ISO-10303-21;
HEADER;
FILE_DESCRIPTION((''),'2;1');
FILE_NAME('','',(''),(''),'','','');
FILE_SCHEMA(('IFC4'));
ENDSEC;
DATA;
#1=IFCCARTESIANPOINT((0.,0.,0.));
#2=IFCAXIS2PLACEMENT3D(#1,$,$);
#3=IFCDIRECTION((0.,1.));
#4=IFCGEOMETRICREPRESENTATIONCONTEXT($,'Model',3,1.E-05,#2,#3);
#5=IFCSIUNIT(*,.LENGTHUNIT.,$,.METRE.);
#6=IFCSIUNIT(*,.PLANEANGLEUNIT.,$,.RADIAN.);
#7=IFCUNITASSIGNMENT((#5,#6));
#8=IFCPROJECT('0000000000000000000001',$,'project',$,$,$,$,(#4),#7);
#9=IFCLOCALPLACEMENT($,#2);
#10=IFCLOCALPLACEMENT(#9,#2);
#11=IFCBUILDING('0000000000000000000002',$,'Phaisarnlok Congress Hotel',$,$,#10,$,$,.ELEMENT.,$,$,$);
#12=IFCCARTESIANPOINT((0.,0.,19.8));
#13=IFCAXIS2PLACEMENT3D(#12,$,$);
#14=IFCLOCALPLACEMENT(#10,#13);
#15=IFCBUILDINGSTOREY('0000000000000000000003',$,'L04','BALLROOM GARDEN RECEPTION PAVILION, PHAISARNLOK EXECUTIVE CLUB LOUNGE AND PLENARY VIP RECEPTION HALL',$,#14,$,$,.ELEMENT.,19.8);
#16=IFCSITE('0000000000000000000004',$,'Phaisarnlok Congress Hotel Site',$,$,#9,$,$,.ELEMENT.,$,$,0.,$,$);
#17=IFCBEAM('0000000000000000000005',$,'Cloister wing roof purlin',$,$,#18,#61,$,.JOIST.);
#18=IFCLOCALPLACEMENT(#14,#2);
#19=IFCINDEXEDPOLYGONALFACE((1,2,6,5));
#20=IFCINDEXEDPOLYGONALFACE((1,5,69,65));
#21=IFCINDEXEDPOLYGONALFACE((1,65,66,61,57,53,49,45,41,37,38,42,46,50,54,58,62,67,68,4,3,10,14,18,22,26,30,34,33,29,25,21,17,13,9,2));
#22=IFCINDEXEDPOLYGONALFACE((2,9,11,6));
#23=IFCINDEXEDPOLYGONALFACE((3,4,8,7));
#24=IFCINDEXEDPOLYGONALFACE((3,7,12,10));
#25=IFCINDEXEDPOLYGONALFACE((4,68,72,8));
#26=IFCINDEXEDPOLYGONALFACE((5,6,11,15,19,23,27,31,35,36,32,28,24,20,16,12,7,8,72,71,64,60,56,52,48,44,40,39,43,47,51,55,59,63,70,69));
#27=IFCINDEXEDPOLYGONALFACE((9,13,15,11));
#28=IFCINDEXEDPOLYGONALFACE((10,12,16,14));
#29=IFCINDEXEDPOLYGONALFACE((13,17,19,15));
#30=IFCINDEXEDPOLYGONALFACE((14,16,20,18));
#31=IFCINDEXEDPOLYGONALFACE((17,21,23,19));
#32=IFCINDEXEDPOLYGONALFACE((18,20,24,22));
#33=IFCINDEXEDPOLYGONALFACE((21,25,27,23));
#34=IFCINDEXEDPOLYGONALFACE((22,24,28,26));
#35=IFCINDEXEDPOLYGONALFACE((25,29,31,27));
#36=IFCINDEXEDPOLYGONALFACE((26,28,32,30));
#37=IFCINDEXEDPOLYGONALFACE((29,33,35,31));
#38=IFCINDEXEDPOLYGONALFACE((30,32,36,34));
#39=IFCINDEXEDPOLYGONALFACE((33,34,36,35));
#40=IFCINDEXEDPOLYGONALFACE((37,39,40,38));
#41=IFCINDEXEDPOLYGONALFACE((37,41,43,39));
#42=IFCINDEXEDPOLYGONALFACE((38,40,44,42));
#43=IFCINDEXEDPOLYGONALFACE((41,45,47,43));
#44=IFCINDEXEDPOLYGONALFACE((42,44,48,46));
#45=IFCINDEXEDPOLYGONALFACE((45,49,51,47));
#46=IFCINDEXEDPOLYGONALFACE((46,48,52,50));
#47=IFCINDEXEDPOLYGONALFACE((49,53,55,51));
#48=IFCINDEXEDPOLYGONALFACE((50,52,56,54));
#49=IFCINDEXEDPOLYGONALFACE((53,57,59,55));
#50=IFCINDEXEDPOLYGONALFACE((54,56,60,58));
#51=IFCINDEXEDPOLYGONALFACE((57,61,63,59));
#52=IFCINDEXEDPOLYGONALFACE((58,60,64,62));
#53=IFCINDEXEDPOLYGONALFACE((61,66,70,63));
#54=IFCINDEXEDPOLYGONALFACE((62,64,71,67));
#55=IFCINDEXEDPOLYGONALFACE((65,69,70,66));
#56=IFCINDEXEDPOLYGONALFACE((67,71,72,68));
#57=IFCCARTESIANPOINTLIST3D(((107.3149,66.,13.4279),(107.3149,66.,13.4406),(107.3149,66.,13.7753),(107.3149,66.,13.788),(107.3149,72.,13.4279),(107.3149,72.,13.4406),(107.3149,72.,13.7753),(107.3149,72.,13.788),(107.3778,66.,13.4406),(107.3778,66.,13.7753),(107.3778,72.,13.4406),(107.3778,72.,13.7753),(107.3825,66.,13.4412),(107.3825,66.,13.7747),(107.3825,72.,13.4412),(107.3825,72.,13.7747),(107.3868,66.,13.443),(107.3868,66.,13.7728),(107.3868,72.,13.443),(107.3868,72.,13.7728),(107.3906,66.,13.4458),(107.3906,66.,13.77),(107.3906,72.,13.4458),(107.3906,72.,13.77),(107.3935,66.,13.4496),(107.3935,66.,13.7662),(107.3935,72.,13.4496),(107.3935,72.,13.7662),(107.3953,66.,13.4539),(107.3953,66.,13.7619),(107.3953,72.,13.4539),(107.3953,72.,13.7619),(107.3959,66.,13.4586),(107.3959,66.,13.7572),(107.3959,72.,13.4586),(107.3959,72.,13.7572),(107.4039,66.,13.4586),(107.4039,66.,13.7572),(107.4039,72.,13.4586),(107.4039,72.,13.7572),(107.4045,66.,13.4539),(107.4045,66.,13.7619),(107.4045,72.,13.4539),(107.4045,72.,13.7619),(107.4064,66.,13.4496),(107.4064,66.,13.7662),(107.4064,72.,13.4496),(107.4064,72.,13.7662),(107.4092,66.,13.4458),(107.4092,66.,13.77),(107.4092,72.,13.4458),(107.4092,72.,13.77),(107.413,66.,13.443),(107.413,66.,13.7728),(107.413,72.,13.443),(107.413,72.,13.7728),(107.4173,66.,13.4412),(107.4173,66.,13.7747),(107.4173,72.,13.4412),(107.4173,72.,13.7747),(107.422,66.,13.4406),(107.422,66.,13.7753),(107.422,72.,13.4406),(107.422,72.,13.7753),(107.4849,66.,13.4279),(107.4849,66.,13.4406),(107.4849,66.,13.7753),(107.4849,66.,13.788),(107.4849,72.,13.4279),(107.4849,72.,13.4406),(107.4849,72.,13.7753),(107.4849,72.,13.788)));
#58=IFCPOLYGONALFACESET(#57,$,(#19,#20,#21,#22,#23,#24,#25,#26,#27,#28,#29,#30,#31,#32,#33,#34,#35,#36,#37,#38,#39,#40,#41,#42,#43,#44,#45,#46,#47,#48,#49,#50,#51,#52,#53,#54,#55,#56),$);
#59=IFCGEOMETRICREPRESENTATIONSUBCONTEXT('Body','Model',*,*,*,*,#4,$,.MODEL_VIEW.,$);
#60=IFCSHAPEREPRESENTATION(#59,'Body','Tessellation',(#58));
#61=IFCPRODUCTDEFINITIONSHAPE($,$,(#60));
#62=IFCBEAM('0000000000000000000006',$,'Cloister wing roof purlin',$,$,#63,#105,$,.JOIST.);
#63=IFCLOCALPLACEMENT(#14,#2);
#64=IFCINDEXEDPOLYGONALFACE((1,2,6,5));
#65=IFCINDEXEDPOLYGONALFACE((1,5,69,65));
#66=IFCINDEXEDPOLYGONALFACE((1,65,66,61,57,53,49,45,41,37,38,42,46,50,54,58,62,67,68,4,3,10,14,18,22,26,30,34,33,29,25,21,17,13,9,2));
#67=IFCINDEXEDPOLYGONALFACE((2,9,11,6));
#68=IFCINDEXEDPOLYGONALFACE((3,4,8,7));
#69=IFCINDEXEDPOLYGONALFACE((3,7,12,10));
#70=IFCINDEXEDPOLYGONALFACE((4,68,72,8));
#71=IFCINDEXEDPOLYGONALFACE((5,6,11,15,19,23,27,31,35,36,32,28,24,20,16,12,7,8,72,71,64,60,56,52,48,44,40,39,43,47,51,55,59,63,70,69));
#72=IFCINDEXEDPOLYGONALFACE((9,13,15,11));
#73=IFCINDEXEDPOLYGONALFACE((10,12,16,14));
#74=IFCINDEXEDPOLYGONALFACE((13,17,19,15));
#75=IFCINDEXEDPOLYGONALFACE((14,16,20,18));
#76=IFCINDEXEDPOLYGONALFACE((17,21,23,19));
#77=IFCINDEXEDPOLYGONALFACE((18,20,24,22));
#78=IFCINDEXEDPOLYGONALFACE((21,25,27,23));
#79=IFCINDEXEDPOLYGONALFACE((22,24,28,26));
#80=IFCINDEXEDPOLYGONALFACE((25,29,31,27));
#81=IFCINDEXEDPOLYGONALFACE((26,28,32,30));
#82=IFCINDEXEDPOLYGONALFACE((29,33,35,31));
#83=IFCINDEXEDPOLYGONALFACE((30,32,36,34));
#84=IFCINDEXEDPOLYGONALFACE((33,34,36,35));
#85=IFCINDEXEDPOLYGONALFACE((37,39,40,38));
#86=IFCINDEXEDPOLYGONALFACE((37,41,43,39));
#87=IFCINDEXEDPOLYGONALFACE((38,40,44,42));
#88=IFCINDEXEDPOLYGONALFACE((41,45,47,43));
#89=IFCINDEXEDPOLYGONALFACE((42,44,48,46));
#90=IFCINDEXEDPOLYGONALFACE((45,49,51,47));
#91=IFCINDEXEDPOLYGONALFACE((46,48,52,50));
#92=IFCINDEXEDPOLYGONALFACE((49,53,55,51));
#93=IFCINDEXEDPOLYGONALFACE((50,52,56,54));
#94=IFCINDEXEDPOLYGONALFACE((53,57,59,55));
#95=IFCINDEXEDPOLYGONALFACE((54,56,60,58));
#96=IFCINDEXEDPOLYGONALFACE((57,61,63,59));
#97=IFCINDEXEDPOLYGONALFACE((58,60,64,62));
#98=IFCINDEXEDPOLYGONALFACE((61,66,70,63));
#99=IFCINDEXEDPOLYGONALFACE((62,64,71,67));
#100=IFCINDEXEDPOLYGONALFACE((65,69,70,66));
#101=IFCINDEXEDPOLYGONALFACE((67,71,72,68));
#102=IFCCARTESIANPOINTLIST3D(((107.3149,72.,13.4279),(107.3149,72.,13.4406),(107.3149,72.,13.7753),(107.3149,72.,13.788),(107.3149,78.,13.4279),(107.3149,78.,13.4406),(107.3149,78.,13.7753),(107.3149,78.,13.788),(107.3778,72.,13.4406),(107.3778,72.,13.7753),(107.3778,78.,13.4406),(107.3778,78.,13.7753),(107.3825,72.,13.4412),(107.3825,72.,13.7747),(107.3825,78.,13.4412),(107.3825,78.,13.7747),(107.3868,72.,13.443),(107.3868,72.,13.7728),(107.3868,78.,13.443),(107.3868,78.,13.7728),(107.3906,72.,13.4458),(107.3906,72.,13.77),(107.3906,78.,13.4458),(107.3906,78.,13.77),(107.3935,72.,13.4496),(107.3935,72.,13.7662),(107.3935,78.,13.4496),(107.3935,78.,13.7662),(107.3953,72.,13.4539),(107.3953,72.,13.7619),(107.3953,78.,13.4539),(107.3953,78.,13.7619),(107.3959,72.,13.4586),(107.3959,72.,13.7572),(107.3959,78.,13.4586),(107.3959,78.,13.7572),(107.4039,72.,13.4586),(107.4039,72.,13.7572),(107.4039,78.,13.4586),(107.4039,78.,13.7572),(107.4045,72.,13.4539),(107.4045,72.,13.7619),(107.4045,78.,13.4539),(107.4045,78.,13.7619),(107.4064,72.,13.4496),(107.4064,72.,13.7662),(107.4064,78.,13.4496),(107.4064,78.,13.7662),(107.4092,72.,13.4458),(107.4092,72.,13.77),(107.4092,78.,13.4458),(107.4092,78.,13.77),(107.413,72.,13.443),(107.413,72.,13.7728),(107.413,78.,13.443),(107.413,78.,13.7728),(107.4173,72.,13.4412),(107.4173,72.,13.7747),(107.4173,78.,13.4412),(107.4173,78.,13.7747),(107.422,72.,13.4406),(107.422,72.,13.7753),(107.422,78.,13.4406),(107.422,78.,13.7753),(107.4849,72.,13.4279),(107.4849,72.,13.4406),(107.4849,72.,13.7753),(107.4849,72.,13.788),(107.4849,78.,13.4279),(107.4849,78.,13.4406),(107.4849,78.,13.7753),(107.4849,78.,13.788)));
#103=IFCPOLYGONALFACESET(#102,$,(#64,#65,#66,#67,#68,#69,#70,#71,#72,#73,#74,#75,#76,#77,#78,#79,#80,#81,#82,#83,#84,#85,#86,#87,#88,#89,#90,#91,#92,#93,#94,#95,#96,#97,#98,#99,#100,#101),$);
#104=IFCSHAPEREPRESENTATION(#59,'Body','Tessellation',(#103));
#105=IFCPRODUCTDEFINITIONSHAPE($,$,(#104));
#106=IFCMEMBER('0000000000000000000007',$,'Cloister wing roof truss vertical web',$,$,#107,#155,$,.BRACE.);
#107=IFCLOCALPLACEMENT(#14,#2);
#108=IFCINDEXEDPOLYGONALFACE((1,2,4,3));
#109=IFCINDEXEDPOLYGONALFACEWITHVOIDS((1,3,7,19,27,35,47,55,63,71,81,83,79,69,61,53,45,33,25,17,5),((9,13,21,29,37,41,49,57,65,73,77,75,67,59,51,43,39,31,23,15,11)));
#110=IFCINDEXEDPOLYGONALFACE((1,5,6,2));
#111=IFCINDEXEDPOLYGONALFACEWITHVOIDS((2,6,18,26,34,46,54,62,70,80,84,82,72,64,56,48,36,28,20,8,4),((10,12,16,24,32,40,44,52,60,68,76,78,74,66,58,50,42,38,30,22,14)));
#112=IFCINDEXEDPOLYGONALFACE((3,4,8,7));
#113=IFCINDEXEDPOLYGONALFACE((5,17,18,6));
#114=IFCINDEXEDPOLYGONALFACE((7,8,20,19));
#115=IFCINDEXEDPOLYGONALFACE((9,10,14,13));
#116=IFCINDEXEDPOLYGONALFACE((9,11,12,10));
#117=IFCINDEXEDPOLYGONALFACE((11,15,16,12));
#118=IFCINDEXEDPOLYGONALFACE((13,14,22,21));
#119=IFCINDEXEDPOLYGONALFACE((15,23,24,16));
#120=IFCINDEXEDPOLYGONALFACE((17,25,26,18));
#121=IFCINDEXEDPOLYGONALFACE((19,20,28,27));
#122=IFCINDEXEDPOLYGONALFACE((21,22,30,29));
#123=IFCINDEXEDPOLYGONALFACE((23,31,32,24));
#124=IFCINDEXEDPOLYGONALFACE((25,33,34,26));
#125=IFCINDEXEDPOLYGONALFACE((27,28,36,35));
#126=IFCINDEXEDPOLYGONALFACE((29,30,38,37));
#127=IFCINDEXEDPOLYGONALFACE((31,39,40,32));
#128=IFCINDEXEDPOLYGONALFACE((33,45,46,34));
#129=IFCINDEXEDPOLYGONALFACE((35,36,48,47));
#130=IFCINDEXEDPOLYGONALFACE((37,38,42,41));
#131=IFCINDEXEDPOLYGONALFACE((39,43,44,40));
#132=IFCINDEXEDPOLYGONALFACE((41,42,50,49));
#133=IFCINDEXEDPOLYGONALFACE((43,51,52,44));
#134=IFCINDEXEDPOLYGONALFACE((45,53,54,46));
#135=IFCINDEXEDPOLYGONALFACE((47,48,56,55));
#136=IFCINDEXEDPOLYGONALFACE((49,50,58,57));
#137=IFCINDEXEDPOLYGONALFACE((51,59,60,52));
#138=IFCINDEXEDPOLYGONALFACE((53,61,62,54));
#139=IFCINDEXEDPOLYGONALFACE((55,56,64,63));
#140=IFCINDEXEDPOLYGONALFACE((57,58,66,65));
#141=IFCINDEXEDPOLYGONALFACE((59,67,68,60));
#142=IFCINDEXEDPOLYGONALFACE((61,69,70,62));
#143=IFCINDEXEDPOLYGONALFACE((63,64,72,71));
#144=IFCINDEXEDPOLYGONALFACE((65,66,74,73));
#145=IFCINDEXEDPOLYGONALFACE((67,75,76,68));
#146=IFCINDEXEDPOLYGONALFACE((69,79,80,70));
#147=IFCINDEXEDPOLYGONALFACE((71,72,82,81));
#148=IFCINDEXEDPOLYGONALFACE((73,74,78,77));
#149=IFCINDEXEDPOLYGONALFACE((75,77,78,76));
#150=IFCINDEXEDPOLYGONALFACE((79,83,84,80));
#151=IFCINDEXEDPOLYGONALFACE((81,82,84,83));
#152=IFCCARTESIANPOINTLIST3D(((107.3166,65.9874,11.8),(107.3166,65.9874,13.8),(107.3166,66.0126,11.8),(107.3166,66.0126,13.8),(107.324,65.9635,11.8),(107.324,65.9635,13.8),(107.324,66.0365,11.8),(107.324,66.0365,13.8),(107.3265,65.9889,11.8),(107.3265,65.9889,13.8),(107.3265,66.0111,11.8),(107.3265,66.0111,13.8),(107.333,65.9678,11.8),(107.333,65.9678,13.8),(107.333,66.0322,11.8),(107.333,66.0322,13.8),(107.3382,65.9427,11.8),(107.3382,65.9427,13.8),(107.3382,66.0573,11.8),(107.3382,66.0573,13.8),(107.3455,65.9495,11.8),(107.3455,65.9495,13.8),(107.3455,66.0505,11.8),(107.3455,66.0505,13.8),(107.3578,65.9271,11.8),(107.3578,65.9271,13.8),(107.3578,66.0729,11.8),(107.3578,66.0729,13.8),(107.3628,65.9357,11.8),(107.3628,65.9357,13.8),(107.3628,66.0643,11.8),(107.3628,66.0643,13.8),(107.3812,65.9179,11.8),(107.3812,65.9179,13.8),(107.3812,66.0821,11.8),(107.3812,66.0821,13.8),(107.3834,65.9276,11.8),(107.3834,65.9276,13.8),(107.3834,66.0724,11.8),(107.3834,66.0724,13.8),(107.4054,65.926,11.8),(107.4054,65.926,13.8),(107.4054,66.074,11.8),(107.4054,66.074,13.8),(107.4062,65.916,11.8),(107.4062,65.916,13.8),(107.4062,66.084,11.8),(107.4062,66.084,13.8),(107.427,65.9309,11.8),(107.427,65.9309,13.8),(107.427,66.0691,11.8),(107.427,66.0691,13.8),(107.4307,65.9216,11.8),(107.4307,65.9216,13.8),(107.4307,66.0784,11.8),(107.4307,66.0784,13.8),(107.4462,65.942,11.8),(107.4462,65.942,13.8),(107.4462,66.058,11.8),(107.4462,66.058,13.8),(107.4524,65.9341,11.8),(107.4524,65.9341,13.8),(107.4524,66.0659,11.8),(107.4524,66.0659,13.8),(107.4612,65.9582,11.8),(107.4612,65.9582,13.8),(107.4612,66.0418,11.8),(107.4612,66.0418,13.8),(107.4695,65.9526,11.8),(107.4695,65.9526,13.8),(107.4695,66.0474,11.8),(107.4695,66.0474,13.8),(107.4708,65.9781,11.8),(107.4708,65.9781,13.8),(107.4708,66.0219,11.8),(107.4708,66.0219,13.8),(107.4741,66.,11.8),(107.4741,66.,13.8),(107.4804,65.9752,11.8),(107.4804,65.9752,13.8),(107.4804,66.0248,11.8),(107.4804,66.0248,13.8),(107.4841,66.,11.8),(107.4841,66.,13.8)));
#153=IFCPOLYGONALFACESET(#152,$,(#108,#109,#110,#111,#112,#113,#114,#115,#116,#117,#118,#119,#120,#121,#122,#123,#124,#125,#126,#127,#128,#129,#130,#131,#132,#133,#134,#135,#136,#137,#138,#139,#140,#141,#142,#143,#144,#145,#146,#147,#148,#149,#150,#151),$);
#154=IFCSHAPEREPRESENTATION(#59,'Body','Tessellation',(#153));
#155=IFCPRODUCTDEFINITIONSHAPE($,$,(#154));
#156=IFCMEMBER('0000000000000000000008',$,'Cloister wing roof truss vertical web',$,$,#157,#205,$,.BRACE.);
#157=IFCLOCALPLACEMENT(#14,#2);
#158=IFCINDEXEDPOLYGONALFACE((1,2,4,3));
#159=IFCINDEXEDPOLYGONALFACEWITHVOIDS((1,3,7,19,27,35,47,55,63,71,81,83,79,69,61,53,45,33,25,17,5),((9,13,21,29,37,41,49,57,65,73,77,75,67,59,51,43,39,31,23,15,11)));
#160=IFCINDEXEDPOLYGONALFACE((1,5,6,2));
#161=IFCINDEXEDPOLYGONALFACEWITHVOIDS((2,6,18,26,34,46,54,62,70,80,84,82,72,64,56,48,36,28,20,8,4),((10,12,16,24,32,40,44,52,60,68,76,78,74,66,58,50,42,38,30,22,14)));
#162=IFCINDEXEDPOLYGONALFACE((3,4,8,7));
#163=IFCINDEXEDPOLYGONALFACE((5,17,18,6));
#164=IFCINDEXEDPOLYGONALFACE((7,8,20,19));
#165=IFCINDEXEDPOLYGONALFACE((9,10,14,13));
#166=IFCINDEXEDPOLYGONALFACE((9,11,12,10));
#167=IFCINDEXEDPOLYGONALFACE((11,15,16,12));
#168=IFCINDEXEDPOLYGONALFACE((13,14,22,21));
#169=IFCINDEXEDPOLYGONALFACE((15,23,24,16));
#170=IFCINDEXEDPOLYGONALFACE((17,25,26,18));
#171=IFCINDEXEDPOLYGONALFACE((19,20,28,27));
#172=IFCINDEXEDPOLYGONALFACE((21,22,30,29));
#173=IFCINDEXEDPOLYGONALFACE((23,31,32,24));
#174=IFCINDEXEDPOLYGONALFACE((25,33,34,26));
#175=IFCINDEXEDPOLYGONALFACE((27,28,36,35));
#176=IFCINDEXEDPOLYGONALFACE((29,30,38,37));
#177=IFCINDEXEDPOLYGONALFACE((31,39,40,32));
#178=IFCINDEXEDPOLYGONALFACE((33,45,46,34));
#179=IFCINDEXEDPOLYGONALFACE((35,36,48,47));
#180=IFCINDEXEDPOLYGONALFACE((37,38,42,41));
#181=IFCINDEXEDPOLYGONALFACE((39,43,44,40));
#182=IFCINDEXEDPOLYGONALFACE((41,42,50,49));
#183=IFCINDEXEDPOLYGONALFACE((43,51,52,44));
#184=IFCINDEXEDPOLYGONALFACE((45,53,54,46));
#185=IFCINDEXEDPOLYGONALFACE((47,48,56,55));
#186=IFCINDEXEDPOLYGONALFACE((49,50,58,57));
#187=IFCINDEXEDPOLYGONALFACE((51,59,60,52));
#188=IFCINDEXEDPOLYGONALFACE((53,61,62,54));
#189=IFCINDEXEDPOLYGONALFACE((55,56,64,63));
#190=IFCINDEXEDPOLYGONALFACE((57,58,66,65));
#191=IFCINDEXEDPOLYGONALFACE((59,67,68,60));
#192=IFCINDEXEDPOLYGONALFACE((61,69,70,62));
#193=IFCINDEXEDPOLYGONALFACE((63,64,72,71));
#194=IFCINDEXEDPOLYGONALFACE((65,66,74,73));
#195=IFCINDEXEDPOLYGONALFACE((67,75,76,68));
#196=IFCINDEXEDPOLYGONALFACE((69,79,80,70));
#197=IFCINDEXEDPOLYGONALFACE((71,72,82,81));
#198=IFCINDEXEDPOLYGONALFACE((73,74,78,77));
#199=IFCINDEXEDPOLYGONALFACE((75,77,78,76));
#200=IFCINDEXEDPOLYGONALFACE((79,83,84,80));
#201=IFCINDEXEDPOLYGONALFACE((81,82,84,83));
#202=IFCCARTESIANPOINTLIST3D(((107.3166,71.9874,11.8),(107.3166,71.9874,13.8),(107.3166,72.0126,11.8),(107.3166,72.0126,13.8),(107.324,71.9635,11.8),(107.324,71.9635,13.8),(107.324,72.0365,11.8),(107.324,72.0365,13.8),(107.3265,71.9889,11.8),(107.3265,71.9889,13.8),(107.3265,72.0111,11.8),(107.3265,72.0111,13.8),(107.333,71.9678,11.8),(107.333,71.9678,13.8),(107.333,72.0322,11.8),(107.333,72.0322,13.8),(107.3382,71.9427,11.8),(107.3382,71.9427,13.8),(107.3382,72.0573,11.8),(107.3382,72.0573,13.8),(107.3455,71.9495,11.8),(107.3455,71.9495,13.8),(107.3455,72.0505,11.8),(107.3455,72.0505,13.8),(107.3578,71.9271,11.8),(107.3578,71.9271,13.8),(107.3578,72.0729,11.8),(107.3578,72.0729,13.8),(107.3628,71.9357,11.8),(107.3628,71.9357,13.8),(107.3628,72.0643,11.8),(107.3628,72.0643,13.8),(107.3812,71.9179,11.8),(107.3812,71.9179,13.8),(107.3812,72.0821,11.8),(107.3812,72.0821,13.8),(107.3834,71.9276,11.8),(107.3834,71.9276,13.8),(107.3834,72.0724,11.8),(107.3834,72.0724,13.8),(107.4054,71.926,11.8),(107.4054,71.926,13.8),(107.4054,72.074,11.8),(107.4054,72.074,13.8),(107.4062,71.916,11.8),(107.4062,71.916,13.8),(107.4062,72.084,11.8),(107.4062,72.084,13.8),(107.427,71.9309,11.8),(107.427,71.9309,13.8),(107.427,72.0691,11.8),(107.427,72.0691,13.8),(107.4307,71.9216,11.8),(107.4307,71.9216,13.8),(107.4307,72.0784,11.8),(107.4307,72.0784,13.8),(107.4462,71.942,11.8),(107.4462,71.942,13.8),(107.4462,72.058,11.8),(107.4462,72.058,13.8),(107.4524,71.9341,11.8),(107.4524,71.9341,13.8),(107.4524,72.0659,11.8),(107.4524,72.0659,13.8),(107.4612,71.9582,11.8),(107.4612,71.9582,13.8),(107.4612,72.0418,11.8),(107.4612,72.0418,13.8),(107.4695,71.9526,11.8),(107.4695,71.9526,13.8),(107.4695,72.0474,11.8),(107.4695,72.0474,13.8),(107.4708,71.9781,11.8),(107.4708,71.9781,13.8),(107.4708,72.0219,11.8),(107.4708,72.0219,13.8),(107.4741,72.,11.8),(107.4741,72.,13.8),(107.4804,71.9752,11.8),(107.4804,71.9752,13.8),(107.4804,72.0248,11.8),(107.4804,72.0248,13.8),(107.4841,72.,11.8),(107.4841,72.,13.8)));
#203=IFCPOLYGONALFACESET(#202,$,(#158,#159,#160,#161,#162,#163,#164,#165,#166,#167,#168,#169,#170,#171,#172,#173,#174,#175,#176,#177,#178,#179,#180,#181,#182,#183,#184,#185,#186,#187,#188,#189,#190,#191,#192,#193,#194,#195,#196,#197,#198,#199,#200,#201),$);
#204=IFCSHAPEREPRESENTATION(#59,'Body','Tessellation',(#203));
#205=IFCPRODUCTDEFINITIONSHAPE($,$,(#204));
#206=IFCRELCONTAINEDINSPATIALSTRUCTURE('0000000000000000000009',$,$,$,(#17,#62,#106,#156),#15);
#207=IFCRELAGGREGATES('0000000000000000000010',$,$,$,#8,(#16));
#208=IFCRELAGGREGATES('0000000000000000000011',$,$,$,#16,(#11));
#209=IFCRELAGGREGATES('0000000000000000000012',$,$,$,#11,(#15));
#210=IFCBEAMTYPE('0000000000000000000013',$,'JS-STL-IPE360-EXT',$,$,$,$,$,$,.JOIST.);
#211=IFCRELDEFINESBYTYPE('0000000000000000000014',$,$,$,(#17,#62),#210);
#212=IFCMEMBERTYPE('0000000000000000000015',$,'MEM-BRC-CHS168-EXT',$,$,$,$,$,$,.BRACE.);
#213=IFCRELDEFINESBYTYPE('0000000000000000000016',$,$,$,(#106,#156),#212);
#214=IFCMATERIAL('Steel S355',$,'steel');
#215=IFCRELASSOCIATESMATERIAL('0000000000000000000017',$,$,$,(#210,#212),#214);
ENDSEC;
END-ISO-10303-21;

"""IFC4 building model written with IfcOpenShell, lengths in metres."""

from ifc_helpers import new_model, si_unit, direction, frame, origin, origin_2d, place, context, subcontext, project, spatial, hollow_circle, i_section, extrude, material, material_profile, profile_set, type_object, element, save


model = new_model("IFC4")

# Units and contexts
model_context = context("Model", 3, precision=1e-05, world=origin(), true_north=direction((0.0, 1.0)))
body_context = subcontext(model_context, "Body", "Model", "MODEL_VIEW")
ifc_project = project(units=[si_unit("LENGTHUNIT", "METRE"), si_unit("PLANEANGLEUNIT", "RADIAN")], contexts=[model_context])

# Site, building, storey
site_placement = place(None, origin())
site = spatial("IfcSite", under=ifc_project, at=site_placement, Name="Phaisarnlok Congress Hotel Site", CompositionType="ELEMENT", RefElevation=0.0)
building_placement = place(site_placement, origin())
building = spatial("IfcBuilding", under=site, at=building_placement, Name="Phaisarnlok Congress Hotel", CompositionType="ELEMENT")
storey_placement = place(building_placement, frame((0.0, 0.0, 19.8)))
storey = spatial("IfcBuildingStorey", under=building, at=storey_placement, Name="L04", Description="BALLROOM GARDEN RECEPTION PAVILION, PHAISARNLOK EXECUTIVE CLUB LOUNGE AND PLENARY VIP RECEPTION HALL", CompositionType="ELEMENT", Elevation=19.8)

# Beams
ifc_material_1 = material(Name="Steel S355", Category="steel")
ifc_material_profile_1 = material_profile(ifc_material_1, i_section(OverallWidth=0.1699, OverallDepth=0.3601, WebThickness=0.0081, FlangeThickness=0.0127, FilletRadius=0.0181, at=origin_2d()), Name="IPE 360")
ifc_profile_set_1 = profile_set([ifc_material_profile_1], Name="Steel S355")
beam_type = type_object("IfcBeamType", Name="JS-STL-IPE360-EXT", PredefinedType="JOIST", material=ifc_profile_set_1)
for number, where, z_axis, x_axis, name in (
    (1, (107.3999, 66.0, 13.6079), (0.0, 1.0, 0.0), (-1.0, 0.0, 0.0), "Cloister wing roof purlin"),
    (2, (107.3999, 72.0, 13.6079), (0.0, 1.0, 0.0), (-1.0, 0.0, 0.0), "Cloister wing roof purlin"),
):
    element("IfcBeam", number, at=place(storey_placement, frame(where, z_axis=z_axis, x_axis=x_axis)), inside=storey, type_object=beam_type, Name=name, PredefinedType="JOIST", context=body_context, shape_type="SweptSolid", body=[
        extrude(i_section(OverallWidth=0.1699, OverallDepth=0.3601, WebThickness=0.0081, FlangeThickness=0.0127, FilletRadius=0.0181, at=origin_2d()), origin(), (0.0, 0.0, 1.0), 6.0),
    ])

# Members
ifc_material_profile_2 = material_profile(ifc_material_1, hollow_circle(Radius=0.0842, WallThickness=0.01, at=origin_2d()), Name="CHS 168.3x10")
ifc_profile_set_2 = profile_set([ifc_material_profile_2], Name="Steel S355")
member_type_1 = type_object("IfcMemberType", Name="MEM-BRC-CHS168-EXT", PredefinedType="BRACE", material=ifc_profile_set_2)
for number, where, z_axis, x_axis, name in (
    (3, (107.3999, 66.0, 11.8), (0.0, 0.0, 1.0), (1.0, 0.0, 0.0), "Cloister wing roof truss vertical web"),
    (4, (107.3999, 72.0, 11.8), (0.0, 0.0, 1.0), (1.0, 0.0, 0.0), "Cloister wing roof truss vertical web"),
):
    element("IfcMember", number, at=place(storey_placement, frame(where, z_axis=z_axis, x_axis=x_axis)), inside=storey, type_object=member_type_1, Name=name, PredefinedType="BRACE", context=body_context, shape_type="SweptSolid", body=[
        extrude(hollow_circle(Radius=0.0842, WallThickness=0.01, at=origin_2d()), origin(), (0.0, 0.0, 1.0), 2.0),
    ])

save(model, "model.ifc")
